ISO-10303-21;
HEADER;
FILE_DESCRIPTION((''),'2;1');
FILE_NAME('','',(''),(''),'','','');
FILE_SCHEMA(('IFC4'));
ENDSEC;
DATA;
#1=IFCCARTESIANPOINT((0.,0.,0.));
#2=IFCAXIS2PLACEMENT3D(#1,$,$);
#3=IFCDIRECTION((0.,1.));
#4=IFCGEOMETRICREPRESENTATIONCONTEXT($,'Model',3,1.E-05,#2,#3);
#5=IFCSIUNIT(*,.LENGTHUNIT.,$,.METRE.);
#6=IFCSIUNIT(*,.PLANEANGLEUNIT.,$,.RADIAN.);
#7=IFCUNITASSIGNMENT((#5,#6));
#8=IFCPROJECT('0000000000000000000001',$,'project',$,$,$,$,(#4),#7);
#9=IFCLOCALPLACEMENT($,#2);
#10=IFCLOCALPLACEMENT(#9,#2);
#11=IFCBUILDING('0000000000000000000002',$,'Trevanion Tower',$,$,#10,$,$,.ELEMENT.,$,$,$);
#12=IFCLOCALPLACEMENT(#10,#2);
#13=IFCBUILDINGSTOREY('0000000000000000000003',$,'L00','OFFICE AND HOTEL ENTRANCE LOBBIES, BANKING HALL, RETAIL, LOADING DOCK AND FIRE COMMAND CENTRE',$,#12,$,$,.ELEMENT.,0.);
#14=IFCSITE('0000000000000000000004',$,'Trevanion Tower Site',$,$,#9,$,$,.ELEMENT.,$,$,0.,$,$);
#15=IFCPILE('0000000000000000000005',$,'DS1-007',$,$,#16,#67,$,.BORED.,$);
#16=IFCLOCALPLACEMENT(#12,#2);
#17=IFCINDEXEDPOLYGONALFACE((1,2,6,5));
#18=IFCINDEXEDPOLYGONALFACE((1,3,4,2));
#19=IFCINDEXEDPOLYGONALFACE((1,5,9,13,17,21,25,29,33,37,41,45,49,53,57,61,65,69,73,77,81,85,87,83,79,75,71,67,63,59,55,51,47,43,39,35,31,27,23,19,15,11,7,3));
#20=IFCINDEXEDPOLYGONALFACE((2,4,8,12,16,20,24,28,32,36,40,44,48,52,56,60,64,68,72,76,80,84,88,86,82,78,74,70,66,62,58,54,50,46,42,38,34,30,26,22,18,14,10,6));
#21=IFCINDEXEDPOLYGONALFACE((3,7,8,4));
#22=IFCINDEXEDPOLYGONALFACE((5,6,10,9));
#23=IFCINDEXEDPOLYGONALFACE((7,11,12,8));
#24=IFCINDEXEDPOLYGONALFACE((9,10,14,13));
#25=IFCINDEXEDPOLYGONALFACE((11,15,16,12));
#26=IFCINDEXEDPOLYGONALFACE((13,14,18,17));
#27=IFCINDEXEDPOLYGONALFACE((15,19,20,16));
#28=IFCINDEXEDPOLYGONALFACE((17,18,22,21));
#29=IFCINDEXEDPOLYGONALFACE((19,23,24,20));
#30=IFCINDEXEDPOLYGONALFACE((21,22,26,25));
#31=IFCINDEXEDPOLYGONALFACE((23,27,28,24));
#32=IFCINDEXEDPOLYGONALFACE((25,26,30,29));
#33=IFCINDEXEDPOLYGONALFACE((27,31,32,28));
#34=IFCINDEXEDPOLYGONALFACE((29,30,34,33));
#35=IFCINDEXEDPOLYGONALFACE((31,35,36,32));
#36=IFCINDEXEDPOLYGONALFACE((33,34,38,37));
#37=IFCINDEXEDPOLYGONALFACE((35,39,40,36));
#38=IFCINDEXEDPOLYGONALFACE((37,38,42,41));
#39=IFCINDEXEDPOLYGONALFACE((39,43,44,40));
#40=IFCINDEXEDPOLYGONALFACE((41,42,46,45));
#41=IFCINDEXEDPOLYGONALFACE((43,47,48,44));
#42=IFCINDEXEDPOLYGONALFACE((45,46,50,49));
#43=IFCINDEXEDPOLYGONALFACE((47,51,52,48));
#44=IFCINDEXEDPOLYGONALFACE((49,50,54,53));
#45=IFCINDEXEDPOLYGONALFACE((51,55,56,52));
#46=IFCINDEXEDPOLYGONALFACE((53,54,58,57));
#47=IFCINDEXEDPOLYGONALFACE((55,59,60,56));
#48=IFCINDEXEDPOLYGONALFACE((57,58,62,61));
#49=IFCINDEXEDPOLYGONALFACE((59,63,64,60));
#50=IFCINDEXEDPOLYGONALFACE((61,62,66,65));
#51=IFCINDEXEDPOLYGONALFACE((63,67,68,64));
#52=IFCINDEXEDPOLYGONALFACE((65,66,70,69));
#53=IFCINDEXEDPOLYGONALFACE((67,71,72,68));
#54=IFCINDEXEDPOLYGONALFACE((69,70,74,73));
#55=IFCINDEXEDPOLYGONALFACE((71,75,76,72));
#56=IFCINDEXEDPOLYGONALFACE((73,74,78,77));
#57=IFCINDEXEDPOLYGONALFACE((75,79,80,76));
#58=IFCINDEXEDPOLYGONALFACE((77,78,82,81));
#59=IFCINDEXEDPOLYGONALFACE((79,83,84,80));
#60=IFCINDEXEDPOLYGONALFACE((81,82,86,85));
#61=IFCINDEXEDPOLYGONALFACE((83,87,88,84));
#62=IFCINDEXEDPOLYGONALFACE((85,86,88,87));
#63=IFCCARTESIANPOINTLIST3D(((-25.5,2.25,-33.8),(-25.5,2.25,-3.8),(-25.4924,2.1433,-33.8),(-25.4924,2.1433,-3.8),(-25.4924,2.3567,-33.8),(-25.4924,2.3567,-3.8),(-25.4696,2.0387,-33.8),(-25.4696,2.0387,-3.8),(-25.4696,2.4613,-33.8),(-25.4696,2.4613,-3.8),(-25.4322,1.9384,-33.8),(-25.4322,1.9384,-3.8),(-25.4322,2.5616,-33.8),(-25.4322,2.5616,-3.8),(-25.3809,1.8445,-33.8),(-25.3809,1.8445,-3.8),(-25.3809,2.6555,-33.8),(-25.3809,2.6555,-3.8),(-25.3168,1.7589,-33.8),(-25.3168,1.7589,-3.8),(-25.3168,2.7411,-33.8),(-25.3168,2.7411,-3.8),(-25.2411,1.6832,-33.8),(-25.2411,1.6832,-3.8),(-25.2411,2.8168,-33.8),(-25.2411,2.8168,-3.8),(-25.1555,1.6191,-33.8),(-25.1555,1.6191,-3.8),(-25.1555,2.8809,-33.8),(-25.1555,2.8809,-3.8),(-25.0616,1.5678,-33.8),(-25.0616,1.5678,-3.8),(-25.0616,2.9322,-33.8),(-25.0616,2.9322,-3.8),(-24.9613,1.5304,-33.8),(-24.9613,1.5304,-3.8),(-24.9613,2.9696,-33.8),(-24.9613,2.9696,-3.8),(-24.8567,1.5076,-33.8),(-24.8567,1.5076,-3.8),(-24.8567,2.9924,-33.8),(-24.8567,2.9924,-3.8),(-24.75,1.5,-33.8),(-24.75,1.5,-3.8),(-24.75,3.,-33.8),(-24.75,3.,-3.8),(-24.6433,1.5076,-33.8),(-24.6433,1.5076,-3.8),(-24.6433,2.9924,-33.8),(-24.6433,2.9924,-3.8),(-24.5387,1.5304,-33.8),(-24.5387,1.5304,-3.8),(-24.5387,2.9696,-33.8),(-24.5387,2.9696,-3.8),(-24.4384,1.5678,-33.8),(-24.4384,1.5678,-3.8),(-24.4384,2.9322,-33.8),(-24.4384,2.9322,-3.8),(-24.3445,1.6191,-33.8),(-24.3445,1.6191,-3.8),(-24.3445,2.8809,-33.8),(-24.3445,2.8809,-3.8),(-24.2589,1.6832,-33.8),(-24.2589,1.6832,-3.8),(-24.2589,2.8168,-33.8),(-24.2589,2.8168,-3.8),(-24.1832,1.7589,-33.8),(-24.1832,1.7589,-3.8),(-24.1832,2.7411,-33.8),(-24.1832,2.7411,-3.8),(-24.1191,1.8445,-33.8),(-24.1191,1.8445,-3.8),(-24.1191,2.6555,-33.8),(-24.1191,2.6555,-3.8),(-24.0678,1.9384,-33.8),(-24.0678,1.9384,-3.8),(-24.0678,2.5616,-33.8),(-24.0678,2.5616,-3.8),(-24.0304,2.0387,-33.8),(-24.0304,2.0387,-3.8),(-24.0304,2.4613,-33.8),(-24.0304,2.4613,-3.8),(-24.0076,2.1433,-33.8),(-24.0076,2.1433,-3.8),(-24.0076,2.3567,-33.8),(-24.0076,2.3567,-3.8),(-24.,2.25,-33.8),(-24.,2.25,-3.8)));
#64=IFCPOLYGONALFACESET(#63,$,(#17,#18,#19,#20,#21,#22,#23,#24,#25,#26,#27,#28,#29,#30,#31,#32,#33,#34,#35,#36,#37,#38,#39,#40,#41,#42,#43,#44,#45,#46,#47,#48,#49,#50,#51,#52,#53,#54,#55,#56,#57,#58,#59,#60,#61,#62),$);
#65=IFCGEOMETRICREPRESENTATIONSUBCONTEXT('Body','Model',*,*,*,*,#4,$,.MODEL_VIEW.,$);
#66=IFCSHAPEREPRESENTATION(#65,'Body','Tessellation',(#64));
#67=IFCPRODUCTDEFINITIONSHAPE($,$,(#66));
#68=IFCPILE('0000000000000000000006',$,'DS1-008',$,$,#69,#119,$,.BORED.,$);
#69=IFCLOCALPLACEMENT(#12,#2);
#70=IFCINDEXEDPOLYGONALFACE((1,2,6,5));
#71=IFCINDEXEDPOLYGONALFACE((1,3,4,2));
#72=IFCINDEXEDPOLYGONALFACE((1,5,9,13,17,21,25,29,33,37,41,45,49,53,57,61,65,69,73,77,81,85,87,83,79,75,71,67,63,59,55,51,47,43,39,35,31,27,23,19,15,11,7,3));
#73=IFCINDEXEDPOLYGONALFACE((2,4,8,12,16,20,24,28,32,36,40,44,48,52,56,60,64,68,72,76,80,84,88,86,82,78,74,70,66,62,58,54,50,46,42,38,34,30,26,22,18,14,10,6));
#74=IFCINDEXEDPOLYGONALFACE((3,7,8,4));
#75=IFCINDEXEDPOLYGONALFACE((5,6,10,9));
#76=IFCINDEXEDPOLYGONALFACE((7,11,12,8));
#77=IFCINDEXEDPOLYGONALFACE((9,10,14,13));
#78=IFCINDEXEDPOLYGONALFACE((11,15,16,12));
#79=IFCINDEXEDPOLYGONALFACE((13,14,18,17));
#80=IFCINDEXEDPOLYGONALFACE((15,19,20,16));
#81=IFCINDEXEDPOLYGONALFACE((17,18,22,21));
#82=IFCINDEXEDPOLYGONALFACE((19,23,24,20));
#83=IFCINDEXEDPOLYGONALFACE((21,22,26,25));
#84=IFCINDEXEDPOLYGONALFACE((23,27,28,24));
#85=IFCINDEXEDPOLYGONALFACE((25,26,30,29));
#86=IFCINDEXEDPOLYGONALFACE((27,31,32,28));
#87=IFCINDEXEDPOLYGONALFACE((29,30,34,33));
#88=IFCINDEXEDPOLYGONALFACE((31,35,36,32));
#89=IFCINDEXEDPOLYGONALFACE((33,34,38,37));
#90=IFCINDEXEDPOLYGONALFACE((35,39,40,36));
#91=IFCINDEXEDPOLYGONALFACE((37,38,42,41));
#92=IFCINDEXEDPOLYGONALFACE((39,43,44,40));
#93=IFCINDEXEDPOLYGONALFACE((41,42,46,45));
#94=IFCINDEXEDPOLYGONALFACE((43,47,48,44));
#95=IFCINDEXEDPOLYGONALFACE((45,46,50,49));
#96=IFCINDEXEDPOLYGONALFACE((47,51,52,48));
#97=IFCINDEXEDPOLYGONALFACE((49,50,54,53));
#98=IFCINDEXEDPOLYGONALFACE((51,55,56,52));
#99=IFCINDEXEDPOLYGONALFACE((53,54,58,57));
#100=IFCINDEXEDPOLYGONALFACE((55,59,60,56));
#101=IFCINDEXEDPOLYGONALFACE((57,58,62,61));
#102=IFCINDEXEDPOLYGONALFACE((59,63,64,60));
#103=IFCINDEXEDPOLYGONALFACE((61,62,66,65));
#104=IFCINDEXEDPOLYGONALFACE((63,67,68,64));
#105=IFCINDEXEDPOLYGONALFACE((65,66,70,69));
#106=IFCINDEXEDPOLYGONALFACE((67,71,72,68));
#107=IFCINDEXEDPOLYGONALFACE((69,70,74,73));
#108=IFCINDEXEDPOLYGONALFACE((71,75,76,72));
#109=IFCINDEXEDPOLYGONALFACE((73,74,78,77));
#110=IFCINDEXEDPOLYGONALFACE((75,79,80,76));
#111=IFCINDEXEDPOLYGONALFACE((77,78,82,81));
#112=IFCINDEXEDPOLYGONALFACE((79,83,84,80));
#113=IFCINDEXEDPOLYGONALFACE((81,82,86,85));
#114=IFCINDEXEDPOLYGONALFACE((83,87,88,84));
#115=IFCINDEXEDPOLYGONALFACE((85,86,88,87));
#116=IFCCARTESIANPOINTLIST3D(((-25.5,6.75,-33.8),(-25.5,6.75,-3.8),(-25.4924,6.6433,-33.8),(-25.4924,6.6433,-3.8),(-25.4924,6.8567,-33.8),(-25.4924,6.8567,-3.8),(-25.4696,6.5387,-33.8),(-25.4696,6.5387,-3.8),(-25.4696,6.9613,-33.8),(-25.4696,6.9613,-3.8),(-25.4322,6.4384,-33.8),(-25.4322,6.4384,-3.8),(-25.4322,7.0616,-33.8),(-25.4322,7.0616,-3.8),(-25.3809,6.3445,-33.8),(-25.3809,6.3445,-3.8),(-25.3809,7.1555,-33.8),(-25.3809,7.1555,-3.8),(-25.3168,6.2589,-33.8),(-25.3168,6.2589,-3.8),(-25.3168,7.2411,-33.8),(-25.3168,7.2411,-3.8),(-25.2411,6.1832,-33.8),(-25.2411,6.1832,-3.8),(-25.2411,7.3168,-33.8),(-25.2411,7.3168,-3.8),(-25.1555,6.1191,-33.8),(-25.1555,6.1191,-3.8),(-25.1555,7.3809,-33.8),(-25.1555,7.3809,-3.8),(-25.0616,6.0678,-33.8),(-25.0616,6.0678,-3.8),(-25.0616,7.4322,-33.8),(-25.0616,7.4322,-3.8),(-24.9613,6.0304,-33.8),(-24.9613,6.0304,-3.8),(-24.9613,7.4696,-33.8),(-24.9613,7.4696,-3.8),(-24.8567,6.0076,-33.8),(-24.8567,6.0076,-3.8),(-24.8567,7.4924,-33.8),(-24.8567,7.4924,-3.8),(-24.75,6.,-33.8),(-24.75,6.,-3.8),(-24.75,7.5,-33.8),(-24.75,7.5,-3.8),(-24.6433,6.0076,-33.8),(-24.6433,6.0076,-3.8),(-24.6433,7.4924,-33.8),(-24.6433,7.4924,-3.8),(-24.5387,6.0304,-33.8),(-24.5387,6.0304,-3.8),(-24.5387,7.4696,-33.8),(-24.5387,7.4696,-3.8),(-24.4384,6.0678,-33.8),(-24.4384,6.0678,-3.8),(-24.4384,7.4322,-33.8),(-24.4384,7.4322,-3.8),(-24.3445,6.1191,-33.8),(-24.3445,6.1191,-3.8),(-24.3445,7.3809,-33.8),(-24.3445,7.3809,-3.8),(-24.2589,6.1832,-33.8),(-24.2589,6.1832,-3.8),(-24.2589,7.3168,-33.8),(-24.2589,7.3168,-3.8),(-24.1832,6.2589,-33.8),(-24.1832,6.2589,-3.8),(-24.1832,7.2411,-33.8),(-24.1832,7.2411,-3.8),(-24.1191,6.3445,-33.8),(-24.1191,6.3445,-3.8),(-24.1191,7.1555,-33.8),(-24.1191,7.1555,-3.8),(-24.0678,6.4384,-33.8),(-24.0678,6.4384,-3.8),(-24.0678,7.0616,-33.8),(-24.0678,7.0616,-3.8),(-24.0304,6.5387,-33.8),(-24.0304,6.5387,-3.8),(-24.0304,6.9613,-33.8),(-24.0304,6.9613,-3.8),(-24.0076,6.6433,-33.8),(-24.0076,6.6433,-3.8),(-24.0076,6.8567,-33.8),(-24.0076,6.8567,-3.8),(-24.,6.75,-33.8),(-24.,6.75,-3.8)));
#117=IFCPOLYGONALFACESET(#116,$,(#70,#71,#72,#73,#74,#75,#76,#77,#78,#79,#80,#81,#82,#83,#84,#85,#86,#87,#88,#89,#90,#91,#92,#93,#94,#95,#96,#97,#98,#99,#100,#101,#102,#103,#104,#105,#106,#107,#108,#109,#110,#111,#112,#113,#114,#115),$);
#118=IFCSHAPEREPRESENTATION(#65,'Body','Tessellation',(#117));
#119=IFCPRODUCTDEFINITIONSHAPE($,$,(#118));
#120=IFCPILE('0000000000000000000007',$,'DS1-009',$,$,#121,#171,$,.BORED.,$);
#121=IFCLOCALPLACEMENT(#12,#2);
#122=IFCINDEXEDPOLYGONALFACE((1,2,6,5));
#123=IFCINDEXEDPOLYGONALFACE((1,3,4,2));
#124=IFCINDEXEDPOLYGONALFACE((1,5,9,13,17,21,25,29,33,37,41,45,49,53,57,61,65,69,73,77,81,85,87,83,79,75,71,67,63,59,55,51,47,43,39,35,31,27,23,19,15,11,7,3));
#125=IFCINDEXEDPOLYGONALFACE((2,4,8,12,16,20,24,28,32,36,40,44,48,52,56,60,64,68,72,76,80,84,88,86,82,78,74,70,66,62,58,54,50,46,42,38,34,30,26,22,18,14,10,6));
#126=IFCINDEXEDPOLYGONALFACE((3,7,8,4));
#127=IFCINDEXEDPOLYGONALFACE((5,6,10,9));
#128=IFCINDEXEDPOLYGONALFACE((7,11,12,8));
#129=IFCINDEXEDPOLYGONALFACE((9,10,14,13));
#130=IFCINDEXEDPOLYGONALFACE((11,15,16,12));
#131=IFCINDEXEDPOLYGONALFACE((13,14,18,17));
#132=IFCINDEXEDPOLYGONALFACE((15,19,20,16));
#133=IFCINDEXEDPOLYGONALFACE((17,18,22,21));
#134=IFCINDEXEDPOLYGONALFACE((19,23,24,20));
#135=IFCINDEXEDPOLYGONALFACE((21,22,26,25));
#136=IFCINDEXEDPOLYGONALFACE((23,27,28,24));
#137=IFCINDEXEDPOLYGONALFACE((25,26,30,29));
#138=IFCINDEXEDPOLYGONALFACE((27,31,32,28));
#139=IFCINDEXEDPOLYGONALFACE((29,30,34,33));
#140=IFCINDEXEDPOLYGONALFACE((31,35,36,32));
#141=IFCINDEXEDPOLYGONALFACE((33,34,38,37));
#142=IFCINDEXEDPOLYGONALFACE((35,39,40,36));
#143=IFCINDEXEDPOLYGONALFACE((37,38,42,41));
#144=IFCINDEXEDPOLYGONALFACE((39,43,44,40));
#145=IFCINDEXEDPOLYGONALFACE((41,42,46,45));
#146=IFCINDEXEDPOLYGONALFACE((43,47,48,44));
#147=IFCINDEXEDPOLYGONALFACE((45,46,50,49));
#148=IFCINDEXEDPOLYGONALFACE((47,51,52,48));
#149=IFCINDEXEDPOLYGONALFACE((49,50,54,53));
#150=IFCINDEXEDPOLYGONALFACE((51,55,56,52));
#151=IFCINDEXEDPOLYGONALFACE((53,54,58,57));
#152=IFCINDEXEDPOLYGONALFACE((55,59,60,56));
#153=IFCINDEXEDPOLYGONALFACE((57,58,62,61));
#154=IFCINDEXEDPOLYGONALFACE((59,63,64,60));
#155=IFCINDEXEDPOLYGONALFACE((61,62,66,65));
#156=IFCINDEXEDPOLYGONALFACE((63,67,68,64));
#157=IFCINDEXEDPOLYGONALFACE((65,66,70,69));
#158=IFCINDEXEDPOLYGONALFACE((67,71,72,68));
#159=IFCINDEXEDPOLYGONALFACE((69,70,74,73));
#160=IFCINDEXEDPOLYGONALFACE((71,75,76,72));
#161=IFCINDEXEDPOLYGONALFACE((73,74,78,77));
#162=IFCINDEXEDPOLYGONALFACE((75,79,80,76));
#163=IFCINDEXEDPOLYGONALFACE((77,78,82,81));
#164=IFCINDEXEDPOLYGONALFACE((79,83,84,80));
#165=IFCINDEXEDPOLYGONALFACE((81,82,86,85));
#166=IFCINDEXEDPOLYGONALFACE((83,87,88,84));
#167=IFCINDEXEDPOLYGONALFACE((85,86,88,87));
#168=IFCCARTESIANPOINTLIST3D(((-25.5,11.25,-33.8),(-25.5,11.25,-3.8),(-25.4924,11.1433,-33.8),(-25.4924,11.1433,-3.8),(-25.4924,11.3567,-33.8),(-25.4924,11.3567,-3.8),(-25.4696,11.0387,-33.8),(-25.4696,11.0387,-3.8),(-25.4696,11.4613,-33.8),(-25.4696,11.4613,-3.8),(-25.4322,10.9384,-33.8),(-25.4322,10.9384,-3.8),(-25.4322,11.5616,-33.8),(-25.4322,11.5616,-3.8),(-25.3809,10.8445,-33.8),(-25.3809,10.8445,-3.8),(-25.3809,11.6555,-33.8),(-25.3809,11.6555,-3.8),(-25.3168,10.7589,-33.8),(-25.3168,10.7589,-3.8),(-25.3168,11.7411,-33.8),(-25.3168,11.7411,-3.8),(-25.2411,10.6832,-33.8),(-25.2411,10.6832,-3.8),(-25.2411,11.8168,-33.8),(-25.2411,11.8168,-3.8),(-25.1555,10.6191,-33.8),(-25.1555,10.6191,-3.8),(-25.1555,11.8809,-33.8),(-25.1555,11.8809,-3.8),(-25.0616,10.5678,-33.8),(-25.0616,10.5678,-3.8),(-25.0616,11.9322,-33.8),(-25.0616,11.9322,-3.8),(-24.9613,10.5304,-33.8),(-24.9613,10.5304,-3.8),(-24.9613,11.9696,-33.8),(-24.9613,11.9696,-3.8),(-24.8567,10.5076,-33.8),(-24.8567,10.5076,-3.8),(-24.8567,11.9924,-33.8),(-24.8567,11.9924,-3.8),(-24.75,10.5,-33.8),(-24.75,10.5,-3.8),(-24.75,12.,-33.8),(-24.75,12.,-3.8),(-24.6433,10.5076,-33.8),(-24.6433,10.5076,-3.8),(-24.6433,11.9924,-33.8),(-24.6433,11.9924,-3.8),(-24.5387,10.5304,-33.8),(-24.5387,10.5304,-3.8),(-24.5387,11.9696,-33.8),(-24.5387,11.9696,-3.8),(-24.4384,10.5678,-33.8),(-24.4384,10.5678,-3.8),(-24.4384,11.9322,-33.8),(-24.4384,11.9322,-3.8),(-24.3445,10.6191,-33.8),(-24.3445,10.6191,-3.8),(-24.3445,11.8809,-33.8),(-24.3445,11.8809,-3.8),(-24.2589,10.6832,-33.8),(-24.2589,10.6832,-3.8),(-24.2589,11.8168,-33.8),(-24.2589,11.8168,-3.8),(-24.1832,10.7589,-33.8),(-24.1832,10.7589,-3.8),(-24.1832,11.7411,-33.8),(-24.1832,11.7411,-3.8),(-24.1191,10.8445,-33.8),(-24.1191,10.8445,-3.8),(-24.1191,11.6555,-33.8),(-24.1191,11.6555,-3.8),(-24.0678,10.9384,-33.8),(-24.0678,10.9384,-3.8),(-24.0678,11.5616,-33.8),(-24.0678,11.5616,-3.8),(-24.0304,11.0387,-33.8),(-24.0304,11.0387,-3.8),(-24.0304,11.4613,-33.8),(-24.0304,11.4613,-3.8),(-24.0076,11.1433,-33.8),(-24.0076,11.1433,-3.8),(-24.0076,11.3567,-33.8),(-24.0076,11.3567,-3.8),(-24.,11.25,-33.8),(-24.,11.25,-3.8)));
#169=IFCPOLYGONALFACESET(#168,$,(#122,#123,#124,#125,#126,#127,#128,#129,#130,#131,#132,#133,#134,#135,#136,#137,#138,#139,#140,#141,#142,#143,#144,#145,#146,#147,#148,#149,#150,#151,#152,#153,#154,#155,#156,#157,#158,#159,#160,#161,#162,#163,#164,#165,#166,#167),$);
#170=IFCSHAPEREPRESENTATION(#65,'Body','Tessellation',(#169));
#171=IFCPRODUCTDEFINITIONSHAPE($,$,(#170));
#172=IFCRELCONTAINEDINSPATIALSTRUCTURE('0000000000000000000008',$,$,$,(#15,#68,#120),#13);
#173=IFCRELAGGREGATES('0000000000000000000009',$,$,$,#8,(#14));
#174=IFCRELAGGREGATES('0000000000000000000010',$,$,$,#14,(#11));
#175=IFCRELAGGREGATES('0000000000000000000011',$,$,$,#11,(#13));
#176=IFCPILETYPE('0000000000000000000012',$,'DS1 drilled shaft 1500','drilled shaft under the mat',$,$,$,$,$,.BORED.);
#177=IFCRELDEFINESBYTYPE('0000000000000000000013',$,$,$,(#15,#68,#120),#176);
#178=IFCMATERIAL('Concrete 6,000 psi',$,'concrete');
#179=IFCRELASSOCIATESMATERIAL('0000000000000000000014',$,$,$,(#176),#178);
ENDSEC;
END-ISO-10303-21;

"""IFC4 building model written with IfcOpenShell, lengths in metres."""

from ifc_helpers import new_model, si_unit, direction, frame, origin, origin_2d, place, context, subcontext, project, spatial, circle, extrude, material, material_profile, profile_set, type_object, element, save


model = new_model("IFC4")

# Units and contexts
model_context = context("Model", 3, precision=1e-05, world=origin(), true_north=direction((0.0, 1.0)))
body_context = subcontext(model_context, "Body", "Model", "MODEL_VIEW")
ifc_project = project(units=[si_unit("LENGTHUNIT", "METRE"), si_unit("PLANEANGLEUNIT", "RADIAN")], contexts=[model_context])

# Site, building, storey
site_placement = place(None, origin())
site = spatial("IfcSite", under=ifc_project, at=site_placement, Name="Trevanion Tower Site", CompositionType="ELEMENT", RefElevation=0.0)
building_placement = place(site_placement, origin())
building = spatial("IfcBuilding", under=site, at=building_placement, Name="Trevanion Tower", CompositionType="ELEMENT")
storey_placement = place(building_placement, origin())
storey = spatial("IfcBuildingStorey", under=building, at=storey_placement, Name="L00", Description="OFFICE AND HOTEL ENTRANCE LOBBIES, BANKING HALL, RETAIL, LOADING DOCK AND FIRE COMMAND CENTRE", CompositionType="ELEMENT", Elevation=0.0)

# Piles
ifc_material_1 = material(Name="Concrete 6,000 psi", Category="concrete")
ifc_material_profile_1 = material_profile(ifc_material_1, circle(Radius=0.75, at=origin_2d()), Name="DS1 drilled shaft 1500")
ifc_profile_set_1 = profile_set([ifc_material_profile_1], Name="Concrete 6,000 psi")
pile_type_1 = type_object("IfcPileType", Name="DS1 drilled shaft 1500", Description="drilled shaft under the mat", PredefinedType="BORED", material=ifc_profile_set_1)
for number, where, z_axis, x_axis, name in (
    (1, (-24.75, 2.25, -3.8), (0.0, 0.0, -1.0), (1.0, 0.0, 0.0), "DS1-007"),
    (2, (-24.75, 6.75, -3.8), (0.0, 0.0, -1.0), (1.0, 0.0, 0.0), "DS1-008"),
    (3, (-24.75, 11.25, -3.8), (0.0, 0.0, -1.0), (1.0, 0.0, 0.0), "DS1-009"),
):
    element("IfcPile", number, at=place(storey_placement, frame(where, z_axis=z_axis, x_axis=x_axis)), inside=storey, type_object=pile_type_1, Name=name, PredefinedType="BORED", context=body_context, shape_type="SweptSolid", body=[
        extrude(circle(Radius=0.75, at=origin_2d()), origin(), (0.0, 0.0, 1.0), 30.0),
    ])

save(model, "model.ifc")
